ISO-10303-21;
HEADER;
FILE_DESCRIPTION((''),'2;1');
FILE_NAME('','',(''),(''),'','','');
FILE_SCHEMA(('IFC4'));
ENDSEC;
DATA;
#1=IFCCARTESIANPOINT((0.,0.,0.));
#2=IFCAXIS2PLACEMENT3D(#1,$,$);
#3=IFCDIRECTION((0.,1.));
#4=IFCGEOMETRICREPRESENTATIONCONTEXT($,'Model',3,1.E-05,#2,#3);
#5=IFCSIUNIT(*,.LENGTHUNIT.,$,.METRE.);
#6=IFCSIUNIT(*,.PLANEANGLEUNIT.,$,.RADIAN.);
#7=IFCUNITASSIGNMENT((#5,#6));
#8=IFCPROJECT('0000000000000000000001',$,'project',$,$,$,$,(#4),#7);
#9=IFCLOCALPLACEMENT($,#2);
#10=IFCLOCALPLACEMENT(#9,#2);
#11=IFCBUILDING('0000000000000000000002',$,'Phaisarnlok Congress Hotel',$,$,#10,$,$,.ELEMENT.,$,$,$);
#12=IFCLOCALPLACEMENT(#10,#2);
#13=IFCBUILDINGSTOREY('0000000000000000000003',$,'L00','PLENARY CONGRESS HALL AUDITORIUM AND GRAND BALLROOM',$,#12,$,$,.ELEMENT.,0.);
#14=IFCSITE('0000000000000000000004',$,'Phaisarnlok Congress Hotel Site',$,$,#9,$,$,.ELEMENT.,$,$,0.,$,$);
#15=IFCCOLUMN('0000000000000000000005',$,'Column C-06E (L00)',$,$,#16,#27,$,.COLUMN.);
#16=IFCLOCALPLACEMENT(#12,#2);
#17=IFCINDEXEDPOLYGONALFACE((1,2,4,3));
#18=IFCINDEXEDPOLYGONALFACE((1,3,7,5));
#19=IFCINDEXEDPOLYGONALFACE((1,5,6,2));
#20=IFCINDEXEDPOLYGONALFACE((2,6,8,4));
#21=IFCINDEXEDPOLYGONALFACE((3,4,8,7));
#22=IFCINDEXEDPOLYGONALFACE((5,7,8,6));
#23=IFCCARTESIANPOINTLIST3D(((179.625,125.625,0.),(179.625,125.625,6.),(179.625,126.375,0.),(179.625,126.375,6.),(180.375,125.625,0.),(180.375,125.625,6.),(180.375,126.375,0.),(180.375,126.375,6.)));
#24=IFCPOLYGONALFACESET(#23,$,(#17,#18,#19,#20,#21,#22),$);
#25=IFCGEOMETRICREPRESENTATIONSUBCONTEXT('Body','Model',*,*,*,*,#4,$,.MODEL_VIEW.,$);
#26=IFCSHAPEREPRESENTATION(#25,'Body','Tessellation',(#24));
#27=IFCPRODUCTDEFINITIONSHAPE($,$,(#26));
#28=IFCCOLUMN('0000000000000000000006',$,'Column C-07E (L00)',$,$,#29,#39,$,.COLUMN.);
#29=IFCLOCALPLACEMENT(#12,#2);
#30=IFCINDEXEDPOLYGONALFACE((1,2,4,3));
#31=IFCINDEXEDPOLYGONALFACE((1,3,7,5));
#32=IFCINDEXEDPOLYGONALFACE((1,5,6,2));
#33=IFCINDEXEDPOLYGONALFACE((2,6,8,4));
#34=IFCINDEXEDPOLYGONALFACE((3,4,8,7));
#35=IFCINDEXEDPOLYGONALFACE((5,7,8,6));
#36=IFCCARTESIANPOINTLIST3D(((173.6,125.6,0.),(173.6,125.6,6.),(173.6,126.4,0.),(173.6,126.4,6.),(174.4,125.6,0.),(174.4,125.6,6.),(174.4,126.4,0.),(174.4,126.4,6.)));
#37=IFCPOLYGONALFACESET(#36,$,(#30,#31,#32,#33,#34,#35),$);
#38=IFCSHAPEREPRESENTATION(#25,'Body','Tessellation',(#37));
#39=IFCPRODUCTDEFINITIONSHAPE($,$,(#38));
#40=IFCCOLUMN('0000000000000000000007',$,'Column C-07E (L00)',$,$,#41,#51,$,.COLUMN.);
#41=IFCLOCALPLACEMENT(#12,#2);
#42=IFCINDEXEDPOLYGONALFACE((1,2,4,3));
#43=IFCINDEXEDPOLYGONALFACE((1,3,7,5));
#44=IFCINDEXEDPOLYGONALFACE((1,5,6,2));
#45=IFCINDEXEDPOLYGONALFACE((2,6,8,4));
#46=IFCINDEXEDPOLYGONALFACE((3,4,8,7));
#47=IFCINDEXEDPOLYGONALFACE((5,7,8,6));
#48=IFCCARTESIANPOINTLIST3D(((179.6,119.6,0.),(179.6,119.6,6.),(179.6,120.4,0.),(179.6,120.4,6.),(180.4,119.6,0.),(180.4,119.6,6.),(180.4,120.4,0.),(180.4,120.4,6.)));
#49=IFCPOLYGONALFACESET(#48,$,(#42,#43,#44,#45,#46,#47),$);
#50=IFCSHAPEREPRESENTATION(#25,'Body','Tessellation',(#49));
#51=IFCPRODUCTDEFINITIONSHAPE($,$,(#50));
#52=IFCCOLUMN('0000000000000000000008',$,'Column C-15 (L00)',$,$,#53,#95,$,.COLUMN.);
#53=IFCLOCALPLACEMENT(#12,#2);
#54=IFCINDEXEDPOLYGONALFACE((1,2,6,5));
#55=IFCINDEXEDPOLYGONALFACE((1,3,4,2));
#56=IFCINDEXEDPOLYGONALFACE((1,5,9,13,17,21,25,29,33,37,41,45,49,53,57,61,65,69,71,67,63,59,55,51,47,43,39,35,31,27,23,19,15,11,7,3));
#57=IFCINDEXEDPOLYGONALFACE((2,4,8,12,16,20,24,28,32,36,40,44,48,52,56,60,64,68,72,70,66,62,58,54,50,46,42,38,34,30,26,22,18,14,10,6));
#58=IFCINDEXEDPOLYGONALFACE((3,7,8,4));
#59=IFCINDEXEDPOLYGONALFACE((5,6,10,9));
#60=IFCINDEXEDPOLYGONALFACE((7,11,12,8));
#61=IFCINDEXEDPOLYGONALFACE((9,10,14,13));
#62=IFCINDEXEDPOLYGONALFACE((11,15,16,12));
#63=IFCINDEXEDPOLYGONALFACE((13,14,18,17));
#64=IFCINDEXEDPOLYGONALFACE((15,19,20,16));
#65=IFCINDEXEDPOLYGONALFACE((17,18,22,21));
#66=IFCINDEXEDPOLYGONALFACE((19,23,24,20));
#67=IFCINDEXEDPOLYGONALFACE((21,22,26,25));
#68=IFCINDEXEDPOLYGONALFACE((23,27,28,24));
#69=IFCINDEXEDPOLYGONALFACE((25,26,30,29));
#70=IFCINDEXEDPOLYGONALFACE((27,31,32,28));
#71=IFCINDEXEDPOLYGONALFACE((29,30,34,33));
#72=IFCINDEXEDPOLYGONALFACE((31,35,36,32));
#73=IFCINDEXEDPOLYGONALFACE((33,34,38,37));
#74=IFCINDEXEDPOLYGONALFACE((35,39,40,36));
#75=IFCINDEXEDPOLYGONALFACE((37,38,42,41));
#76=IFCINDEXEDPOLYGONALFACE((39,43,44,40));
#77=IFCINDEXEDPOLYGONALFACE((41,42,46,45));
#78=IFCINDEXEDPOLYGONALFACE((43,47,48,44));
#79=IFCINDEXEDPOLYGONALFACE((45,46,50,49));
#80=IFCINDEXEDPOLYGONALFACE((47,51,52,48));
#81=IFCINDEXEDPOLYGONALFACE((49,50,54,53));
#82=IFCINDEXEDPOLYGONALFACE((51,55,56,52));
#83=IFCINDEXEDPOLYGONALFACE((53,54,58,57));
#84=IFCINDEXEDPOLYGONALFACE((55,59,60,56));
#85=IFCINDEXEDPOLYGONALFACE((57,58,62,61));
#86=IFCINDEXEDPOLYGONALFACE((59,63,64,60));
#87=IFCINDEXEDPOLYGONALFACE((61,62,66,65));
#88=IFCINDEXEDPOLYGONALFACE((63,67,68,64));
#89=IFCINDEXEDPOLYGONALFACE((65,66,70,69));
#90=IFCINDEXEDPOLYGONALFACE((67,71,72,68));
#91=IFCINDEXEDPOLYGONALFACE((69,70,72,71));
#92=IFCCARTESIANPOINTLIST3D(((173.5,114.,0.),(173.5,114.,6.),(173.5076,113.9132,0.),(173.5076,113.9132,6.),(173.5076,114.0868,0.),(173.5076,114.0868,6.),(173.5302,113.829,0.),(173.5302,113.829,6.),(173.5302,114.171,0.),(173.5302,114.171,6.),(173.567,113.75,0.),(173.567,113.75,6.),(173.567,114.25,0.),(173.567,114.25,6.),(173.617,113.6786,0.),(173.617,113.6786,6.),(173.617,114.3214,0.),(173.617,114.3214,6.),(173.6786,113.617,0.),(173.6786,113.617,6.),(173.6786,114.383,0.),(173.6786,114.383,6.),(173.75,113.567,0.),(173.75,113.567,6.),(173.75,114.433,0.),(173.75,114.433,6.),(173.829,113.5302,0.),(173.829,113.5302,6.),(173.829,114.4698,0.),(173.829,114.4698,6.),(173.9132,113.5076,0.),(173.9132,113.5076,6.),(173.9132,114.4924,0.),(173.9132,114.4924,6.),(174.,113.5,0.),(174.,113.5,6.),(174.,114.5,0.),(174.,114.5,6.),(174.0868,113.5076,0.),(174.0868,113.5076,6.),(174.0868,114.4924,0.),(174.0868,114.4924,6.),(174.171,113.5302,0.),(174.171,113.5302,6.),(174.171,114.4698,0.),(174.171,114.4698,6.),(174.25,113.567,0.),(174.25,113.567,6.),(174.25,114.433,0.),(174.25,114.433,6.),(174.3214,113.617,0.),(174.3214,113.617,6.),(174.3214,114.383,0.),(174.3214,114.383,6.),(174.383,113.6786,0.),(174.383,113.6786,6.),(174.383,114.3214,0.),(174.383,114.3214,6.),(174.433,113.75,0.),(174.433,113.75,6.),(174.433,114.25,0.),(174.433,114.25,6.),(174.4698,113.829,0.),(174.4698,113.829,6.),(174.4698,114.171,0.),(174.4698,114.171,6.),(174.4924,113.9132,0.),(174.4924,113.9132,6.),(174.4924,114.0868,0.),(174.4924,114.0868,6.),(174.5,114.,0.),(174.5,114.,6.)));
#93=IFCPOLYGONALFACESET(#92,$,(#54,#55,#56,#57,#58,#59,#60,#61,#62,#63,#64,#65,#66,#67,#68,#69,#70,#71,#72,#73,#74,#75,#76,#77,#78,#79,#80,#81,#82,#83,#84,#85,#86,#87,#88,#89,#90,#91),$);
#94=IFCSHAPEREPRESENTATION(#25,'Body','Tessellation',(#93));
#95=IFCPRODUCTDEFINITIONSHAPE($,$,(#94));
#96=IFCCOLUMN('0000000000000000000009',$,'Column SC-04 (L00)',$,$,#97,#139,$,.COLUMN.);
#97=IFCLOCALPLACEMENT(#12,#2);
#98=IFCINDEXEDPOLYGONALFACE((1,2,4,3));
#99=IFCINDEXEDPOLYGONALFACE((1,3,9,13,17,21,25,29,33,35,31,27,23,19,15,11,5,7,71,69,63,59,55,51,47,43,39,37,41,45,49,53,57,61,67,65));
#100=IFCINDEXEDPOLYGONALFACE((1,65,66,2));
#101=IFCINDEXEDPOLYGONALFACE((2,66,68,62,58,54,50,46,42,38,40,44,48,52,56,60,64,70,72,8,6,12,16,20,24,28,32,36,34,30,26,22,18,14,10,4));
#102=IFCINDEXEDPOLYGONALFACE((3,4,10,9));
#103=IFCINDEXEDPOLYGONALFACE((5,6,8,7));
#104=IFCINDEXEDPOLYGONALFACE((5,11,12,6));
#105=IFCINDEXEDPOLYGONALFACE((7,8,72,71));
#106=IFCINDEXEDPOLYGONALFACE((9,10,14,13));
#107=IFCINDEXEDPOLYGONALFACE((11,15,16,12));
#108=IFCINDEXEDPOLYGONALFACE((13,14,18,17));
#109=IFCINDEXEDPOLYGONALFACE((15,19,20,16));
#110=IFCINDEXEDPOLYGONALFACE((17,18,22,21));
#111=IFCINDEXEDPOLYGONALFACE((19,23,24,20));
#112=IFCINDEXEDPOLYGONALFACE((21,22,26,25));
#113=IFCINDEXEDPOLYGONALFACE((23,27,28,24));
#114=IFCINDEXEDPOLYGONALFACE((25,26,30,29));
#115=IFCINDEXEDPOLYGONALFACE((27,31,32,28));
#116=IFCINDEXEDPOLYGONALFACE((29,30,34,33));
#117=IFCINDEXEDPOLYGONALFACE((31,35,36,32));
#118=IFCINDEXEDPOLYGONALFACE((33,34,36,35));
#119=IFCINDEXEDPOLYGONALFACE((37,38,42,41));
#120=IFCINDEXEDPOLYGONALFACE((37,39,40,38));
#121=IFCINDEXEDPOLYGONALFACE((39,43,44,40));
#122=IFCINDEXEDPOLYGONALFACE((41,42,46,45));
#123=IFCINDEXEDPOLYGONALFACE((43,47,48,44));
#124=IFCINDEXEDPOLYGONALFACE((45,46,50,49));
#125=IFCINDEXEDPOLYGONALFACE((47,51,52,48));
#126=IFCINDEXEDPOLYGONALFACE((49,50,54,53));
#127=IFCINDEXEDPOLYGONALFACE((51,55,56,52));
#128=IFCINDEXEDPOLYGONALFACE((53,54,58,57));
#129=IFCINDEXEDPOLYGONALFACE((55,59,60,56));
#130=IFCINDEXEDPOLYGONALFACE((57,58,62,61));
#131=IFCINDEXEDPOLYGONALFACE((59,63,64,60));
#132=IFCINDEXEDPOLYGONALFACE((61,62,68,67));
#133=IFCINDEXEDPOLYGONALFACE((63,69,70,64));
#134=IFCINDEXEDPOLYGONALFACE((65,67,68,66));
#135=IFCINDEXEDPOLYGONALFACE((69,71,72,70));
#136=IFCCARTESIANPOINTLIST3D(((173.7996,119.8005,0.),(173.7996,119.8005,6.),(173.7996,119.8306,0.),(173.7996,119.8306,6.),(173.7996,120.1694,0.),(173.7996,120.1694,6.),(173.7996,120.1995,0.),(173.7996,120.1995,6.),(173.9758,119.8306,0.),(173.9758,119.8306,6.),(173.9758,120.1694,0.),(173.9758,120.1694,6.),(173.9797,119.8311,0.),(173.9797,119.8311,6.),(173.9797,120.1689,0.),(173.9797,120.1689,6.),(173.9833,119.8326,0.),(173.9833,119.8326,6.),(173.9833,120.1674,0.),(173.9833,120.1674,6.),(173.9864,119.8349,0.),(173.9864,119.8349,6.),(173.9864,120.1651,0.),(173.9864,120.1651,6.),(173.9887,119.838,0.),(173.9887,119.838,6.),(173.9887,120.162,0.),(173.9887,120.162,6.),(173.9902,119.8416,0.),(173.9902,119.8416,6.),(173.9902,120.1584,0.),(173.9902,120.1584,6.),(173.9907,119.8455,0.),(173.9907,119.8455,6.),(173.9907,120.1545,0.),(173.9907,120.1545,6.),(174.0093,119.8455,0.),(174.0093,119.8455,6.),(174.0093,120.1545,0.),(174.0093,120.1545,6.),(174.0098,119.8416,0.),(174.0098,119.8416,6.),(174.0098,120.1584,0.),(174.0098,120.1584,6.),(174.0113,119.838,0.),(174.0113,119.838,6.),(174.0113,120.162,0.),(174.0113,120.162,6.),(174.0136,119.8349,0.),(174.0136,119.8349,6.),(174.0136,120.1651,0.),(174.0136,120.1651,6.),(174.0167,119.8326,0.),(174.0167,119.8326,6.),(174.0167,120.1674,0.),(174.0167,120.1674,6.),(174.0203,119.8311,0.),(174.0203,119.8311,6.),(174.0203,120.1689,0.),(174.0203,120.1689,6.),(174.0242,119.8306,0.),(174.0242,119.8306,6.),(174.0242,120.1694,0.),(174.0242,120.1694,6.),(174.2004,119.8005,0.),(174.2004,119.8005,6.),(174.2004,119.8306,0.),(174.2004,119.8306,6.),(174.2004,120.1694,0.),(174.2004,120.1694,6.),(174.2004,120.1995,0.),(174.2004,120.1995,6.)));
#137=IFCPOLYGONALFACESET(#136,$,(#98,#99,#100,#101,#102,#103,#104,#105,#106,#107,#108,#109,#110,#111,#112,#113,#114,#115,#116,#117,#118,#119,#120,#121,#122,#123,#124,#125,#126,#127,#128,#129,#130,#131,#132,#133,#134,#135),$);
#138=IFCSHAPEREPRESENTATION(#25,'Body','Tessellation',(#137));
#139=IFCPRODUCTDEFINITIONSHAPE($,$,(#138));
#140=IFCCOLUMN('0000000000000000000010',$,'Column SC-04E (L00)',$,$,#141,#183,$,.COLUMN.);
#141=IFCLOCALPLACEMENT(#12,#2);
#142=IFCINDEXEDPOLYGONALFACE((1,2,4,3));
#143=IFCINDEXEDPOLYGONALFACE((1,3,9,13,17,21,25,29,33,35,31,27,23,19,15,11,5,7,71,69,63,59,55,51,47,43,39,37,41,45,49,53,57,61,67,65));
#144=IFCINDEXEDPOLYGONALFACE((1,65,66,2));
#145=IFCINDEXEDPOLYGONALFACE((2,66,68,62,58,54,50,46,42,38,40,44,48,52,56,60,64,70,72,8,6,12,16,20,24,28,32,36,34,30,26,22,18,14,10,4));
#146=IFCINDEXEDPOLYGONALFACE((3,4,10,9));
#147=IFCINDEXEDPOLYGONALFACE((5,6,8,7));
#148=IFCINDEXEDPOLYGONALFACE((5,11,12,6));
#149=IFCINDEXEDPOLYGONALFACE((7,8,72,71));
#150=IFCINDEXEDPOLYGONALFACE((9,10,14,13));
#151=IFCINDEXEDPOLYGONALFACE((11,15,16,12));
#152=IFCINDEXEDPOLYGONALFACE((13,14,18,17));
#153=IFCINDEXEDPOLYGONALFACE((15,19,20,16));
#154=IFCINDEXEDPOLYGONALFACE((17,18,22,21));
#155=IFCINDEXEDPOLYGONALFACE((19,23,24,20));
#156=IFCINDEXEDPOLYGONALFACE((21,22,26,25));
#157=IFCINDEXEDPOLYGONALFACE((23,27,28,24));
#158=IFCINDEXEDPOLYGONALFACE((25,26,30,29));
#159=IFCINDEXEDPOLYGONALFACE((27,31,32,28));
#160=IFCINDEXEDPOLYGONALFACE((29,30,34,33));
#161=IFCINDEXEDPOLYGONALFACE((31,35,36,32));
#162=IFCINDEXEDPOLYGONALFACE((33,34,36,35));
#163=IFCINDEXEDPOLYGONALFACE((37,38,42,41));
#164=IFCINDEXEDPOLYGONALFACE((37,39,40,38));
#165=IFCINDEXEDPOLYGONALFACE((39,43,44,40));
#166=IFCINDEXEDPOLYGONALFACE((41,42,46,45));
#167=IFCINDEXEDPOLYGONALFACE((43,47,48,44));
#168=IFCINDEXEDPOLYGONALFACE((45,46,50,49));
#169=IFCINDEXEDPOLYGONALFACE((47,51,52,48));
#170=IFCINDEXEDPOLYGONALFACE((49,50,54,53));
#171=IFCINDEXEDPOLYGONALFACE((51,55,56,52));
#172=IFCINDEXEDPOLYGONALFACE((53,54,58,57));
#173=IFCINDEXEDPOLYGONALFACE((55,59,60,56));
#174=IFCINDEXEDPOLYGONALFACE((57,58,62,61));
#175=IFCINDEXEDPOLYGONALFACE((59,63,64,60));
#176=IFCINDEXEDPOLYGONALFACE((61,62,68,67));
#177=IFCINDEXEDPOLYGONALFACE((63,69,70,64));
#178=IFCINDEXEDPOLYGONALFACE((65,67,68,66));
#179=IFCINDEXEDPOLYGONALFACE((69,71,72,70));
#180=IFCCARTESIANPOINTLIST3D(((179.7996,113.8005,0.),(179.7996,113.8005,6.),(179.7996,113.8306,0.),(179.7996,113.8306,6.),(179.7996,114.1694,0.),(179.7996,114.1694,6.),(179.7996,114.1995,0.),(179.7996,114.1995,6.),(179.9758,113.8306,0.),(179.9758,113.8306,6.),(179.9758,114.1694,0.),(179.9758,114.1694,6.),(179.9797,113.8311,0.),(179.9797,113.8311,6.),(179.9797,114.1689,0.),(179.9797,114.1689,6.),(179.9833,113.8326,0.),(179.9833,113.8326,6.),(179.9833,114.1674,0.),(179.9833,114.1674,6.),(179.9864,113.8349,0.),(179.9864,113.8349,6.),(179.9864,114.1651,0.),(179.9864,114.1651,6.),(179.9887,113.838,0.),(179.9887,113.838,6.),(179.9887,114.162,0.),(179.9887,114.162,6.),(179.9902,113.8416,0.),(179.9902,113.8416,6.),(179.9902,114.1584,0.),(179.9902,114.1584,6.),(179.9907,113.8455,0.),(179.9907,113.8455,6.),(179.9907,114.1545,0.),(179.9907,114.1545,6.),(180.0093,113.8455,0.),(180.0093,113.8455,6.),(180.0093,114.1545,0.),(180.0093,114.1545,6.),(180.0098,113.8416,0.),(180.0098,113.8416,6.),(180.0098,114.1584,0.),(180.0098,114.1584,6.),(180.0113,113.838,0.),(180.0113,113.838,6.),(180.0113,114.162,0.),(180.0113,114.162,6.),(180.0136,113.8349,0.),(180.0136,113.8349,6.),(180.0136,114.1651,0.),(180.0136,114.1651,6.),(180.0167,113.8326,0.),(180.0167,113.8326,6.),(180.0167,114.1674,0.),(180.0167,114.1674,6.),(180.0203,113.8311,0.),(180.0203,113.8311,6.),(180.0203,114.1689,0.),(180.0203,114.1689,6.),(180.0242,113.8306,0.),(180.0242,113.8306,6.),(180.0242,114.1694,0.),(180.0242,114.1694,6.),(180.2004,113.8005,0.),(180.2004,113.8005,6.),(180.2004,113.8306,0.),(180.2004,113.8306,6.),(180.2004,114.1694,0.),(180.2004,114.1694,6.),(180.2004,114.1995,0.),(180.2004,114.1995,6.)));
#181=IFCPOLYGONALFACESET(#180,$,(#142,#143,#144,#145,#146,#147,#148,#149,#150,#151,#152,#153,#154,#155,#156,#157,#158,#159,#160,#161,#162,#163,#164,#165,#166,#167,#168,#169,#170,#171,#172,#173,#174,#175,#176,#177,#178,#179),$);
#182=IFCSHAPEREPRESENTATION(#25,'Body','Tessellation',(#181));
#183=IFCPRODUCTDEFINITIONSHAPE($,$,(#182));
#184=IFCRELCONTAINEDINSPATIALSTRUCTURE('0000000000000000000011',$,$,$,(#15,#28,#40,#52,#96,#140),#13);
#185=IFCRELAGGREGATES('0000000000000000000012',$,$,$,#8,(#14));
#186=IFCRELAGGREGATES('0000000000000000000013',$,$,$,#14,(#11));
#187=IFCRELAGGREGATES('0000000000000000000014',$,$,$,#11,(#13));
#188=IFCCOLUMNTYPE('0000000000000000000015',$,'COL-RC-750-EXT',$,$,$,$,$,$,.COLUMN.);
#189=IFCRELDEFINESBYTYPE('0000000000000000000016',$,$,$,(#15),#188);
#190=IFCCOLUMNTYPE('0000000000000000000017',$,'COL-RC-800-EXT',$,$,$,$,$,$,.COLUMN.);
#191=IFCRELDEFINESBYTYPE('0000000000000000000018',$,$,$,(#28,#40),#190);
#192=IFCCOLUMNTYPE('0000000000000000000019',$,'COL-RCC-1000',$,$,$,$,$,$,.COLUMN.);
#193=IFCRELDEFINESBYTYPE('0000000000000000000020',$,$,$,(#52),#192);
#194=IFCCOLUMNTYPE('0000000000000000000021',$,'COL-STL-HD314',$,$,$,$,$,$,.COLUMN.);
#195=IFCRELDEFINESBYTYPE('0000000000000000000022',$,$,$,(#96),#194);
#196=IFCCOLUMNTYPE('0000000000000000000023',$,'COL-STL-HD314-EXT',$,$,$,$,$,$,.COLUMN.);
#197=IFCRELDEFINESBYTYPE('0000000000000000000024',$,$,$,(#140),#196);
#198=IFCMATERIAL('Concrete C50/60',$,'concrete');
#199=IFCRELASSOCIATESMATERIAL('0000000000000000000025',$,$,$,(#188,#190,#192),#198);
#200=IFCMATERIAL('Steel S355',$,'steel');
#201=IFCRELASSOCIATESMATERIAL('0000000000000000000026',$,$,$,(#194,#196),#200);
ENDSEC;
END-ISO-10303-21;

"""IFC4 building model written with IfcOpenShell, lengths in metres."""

from ifc_helpers import new_model, si_unit, direction, frame, origin, origin_2d, place, context, subcontext, project, spatial, rectangle, circle, i_section, extrude, material, material_profile, profile_set, type_object, element, save


model = new_model("IFC4")

# Units and contexts
model_context = context("Model", 3, precision=1e-05, world=origin(), true_north=direction((0.0, 1.0)))
body_context = subcontext(model_context, "Body", "Model", "MODEL_VIEW")
ifc_project = project(units=[si_unit("LENGTHUNIT", "METRE"), si_unit("PLANEANGLEUNIT", "RADIAN")], contexts=[model_context])

# Site, building, storey
site_placement = place(None, origin())
site = spatial("IfcSite", under=ifc_project, at=site_placement, Name="Phaisarnlok Congress Hotel Site", CompositionType="ELEMENT", RefElevation=0.0)
building_placement = place(site_placement, origin())
building = spatial("IfcBuilding", under=site, at=building_placement, Name="Phaisarnlok Congress Hotel", CompositionType="ELEMENT")
storey_placement = place(building_placement, origin())
storey = spatial("IfcBuildingStorey", under=building, at=storey_placement, Name="L00", Description="PLENARY CONGRESS HALL AUDITORIUM AND GRAND BALLROOM", CompositionType="ELEMENT", Elevation=0.0)

# Columns
ifc_material_1 = material(Name="Concrete C50/60", Category="concrete")
ifc_material_profile_1 = material_profile(ifc_material_1, rectangle(XDim=0.75, YDim=0.75, at=origin_2d()), Name="RC 750x750")
ifc_profile_set_1 = profile_set([ifc_material_profile_1], Name="Concrete C50/60")
column_type_1 = type_object("IfcColumnType", Name="COL-RC-750-EXT", PredefinedType="COLUMN", material=ifc_profile_set_1)
column_1_placement = place(storey_placement, frame((180.0, 126.0, 0.0), z_axis=(0.0, 0.0, 1.0), x_axis=(1.0, 0.0, 0.0)))
element("IfcColumn", 1, at=column_1_placement, inside=storey, type_object=column_type_1, Name="Column C-06E (L00)", PredefinedType="COLUMN", context=body_context, shape_type="SweptSolid", body=[
    extrude(rectangle(XDim=0.75, YDim=0.75, at=origin_2d()), origin(), (0.0, 0.0, 1.0), 6.0),
])
ifc_material_profile_2 = material_profile(ifc_material_1, rectangle(XDim=0.8, YDim=0.8, at=origin_2d()), Name="RC 800x800")
ifc_profile_set_2 = profile_set([ifc_material_profile_2], Name="Concrete C50/60")
column_type_2 = type_object("IfcColumnType", Name="COL-RC-800-EXT", PredefinedType="COLUMN", material=ifc_profile_set_2)
for number, where, z_axis, x_axis, name in (
    (2, (174.0, 126.0, 0.0), (0.0, 0.0, 1.0), (1.0, 0.0, 0.0), "Column C-07E (L00)"),
    (3, (180.0, 120.0, 0.0), (0.0, 0.0, 1.0), (1.0, 0.0, 0.0), "Column C-07E (L00)"),
):
    element("IfcColumn", number, at=place(storey_placement, frame(where, z_axis=z_axis, x_axis=x_axis)), inside=storey, type_object=column_type_2, Name=name, PredefinedType="COLUMN", context=body_context, shape_type="SweptSolid", body=[
        extrude(rectangle(XDim=0.8, YDim=0.8, at=origin_2d()), origin(), (0.0, 0.0, 1.0), 6.0),
    ])
ifc_material_profile_3 = material_profile(ifc_material_1, circle(Radius=0.5, at=origin_2d()), Name="RCC D1000")
ifc_profile_set_3 = profile_set([ifc_material_profile_3], Name="Concrete C50/60")
column_type_3 = type_object("IfcColumnType", Name="COL-RCC-1000", PredefinedType="COLUMN", material=ifc_profile_set_3)
column_2_placement = place(storey_placement, frame((174.0, 114.0, 0.0), z_axis=(0.0, 0.0, 1.0), x_axis=(1.0, 0.0, 0.0)))
element("IfcColumn", 4, at=column_2_placement, inside=storey, type_object=column_type_3, Name="Column C-15 (L00)", PredefinedType="COLUMN", context=body_context, shape_type="SweptSolid", body=[
    extrude(circle(Radius=0.5, at=origin_2d()), origin(), (0.0, 0.0, 1.0), 6.0),
])
ifc_material_2 = material(Name="Steel S355", Category="steel")
ifc_material_profile_4 = material_profile(ifc_material_2, i_section(OverallWidth=0.4009, OverallDepth=0.3989, WebThickness=0.0186, FlangeThickness=0.03, FilletRadius=0.0149, at=origin_2d()), Name="HD 400x314")
ifc_profile_set_4 = profile_set([ifc_material_profile_4], Name="Steel S355")
column_type_4 = type_object("IfcColumnType", Name="COL-STL-HD314", PredefinedType="COLUMN", material=ifc_profile_set_4)
column_3_placement = place(storey_placement, frame((174.0, 120.0, 0.0), z_axis=(0.0, 0.0, 1.0), x_axis=(1.0, 0.0, 0.0)))
element("IfcColumn", 5, at=column_3_placement, inside=storey, type_object=column_type_4, Name="Column SC-04 (L00)", PredefinedType="COLUMN", context=body_context, shape_type="SweptSolid", body=[
    extrude(i_section(OverallWidth=0.4009, OverallDepth=0.3989, WebThickness=0.0186, FlangeThickness=0.03, FilletRadius=0.0149, at=origin_2d()), origin(), (0.0, 0.0, 1.0), 6.0),
])
ifc_material_profile_5 = material_profile(ifc_material_2, i_section(OverallWidth=0.4009, OverallDepth=0.3989, WebThickness=0.0186, FlangeThickness=0.03, FilletRadius=0.0149, at=origin_2d()), Name="HD 400x314")
ifc_profile_set_5 = profile_set([ifc_material_profile_5], Name="Steel S355")
column_type_5 = type_object("IfcColumnType", Name="COL-STL-HD314-EXT", PredefinedType="COLUMN", material=ifc_profile_set_5)
column_4_placement = place(storey_placement, frame((180.0, 114.0, 0.0), z_axis=(0.0, 0.0, 1.0), x_axis=(1.0, 0.0, 0.0)))
element("IfcColumn", 6, at=column_4_placement, inside=storey, type_object=column_type_5, Name="Column SC-04E (L00)", PredefinedType="COLUMN", context=body_context, shape_type="SweptSolid", body=[
    extrude(i_section(OverallWidth=0.4009, OverallDepth=0.3989, WebThickness=0.0186, FlangeThickness=0.03, FilletRadius=0.0149, at=origin_2d()), origin(), (0.0, 0.0, 1.0), 6.0),
])

save(model, "model.ifc")
